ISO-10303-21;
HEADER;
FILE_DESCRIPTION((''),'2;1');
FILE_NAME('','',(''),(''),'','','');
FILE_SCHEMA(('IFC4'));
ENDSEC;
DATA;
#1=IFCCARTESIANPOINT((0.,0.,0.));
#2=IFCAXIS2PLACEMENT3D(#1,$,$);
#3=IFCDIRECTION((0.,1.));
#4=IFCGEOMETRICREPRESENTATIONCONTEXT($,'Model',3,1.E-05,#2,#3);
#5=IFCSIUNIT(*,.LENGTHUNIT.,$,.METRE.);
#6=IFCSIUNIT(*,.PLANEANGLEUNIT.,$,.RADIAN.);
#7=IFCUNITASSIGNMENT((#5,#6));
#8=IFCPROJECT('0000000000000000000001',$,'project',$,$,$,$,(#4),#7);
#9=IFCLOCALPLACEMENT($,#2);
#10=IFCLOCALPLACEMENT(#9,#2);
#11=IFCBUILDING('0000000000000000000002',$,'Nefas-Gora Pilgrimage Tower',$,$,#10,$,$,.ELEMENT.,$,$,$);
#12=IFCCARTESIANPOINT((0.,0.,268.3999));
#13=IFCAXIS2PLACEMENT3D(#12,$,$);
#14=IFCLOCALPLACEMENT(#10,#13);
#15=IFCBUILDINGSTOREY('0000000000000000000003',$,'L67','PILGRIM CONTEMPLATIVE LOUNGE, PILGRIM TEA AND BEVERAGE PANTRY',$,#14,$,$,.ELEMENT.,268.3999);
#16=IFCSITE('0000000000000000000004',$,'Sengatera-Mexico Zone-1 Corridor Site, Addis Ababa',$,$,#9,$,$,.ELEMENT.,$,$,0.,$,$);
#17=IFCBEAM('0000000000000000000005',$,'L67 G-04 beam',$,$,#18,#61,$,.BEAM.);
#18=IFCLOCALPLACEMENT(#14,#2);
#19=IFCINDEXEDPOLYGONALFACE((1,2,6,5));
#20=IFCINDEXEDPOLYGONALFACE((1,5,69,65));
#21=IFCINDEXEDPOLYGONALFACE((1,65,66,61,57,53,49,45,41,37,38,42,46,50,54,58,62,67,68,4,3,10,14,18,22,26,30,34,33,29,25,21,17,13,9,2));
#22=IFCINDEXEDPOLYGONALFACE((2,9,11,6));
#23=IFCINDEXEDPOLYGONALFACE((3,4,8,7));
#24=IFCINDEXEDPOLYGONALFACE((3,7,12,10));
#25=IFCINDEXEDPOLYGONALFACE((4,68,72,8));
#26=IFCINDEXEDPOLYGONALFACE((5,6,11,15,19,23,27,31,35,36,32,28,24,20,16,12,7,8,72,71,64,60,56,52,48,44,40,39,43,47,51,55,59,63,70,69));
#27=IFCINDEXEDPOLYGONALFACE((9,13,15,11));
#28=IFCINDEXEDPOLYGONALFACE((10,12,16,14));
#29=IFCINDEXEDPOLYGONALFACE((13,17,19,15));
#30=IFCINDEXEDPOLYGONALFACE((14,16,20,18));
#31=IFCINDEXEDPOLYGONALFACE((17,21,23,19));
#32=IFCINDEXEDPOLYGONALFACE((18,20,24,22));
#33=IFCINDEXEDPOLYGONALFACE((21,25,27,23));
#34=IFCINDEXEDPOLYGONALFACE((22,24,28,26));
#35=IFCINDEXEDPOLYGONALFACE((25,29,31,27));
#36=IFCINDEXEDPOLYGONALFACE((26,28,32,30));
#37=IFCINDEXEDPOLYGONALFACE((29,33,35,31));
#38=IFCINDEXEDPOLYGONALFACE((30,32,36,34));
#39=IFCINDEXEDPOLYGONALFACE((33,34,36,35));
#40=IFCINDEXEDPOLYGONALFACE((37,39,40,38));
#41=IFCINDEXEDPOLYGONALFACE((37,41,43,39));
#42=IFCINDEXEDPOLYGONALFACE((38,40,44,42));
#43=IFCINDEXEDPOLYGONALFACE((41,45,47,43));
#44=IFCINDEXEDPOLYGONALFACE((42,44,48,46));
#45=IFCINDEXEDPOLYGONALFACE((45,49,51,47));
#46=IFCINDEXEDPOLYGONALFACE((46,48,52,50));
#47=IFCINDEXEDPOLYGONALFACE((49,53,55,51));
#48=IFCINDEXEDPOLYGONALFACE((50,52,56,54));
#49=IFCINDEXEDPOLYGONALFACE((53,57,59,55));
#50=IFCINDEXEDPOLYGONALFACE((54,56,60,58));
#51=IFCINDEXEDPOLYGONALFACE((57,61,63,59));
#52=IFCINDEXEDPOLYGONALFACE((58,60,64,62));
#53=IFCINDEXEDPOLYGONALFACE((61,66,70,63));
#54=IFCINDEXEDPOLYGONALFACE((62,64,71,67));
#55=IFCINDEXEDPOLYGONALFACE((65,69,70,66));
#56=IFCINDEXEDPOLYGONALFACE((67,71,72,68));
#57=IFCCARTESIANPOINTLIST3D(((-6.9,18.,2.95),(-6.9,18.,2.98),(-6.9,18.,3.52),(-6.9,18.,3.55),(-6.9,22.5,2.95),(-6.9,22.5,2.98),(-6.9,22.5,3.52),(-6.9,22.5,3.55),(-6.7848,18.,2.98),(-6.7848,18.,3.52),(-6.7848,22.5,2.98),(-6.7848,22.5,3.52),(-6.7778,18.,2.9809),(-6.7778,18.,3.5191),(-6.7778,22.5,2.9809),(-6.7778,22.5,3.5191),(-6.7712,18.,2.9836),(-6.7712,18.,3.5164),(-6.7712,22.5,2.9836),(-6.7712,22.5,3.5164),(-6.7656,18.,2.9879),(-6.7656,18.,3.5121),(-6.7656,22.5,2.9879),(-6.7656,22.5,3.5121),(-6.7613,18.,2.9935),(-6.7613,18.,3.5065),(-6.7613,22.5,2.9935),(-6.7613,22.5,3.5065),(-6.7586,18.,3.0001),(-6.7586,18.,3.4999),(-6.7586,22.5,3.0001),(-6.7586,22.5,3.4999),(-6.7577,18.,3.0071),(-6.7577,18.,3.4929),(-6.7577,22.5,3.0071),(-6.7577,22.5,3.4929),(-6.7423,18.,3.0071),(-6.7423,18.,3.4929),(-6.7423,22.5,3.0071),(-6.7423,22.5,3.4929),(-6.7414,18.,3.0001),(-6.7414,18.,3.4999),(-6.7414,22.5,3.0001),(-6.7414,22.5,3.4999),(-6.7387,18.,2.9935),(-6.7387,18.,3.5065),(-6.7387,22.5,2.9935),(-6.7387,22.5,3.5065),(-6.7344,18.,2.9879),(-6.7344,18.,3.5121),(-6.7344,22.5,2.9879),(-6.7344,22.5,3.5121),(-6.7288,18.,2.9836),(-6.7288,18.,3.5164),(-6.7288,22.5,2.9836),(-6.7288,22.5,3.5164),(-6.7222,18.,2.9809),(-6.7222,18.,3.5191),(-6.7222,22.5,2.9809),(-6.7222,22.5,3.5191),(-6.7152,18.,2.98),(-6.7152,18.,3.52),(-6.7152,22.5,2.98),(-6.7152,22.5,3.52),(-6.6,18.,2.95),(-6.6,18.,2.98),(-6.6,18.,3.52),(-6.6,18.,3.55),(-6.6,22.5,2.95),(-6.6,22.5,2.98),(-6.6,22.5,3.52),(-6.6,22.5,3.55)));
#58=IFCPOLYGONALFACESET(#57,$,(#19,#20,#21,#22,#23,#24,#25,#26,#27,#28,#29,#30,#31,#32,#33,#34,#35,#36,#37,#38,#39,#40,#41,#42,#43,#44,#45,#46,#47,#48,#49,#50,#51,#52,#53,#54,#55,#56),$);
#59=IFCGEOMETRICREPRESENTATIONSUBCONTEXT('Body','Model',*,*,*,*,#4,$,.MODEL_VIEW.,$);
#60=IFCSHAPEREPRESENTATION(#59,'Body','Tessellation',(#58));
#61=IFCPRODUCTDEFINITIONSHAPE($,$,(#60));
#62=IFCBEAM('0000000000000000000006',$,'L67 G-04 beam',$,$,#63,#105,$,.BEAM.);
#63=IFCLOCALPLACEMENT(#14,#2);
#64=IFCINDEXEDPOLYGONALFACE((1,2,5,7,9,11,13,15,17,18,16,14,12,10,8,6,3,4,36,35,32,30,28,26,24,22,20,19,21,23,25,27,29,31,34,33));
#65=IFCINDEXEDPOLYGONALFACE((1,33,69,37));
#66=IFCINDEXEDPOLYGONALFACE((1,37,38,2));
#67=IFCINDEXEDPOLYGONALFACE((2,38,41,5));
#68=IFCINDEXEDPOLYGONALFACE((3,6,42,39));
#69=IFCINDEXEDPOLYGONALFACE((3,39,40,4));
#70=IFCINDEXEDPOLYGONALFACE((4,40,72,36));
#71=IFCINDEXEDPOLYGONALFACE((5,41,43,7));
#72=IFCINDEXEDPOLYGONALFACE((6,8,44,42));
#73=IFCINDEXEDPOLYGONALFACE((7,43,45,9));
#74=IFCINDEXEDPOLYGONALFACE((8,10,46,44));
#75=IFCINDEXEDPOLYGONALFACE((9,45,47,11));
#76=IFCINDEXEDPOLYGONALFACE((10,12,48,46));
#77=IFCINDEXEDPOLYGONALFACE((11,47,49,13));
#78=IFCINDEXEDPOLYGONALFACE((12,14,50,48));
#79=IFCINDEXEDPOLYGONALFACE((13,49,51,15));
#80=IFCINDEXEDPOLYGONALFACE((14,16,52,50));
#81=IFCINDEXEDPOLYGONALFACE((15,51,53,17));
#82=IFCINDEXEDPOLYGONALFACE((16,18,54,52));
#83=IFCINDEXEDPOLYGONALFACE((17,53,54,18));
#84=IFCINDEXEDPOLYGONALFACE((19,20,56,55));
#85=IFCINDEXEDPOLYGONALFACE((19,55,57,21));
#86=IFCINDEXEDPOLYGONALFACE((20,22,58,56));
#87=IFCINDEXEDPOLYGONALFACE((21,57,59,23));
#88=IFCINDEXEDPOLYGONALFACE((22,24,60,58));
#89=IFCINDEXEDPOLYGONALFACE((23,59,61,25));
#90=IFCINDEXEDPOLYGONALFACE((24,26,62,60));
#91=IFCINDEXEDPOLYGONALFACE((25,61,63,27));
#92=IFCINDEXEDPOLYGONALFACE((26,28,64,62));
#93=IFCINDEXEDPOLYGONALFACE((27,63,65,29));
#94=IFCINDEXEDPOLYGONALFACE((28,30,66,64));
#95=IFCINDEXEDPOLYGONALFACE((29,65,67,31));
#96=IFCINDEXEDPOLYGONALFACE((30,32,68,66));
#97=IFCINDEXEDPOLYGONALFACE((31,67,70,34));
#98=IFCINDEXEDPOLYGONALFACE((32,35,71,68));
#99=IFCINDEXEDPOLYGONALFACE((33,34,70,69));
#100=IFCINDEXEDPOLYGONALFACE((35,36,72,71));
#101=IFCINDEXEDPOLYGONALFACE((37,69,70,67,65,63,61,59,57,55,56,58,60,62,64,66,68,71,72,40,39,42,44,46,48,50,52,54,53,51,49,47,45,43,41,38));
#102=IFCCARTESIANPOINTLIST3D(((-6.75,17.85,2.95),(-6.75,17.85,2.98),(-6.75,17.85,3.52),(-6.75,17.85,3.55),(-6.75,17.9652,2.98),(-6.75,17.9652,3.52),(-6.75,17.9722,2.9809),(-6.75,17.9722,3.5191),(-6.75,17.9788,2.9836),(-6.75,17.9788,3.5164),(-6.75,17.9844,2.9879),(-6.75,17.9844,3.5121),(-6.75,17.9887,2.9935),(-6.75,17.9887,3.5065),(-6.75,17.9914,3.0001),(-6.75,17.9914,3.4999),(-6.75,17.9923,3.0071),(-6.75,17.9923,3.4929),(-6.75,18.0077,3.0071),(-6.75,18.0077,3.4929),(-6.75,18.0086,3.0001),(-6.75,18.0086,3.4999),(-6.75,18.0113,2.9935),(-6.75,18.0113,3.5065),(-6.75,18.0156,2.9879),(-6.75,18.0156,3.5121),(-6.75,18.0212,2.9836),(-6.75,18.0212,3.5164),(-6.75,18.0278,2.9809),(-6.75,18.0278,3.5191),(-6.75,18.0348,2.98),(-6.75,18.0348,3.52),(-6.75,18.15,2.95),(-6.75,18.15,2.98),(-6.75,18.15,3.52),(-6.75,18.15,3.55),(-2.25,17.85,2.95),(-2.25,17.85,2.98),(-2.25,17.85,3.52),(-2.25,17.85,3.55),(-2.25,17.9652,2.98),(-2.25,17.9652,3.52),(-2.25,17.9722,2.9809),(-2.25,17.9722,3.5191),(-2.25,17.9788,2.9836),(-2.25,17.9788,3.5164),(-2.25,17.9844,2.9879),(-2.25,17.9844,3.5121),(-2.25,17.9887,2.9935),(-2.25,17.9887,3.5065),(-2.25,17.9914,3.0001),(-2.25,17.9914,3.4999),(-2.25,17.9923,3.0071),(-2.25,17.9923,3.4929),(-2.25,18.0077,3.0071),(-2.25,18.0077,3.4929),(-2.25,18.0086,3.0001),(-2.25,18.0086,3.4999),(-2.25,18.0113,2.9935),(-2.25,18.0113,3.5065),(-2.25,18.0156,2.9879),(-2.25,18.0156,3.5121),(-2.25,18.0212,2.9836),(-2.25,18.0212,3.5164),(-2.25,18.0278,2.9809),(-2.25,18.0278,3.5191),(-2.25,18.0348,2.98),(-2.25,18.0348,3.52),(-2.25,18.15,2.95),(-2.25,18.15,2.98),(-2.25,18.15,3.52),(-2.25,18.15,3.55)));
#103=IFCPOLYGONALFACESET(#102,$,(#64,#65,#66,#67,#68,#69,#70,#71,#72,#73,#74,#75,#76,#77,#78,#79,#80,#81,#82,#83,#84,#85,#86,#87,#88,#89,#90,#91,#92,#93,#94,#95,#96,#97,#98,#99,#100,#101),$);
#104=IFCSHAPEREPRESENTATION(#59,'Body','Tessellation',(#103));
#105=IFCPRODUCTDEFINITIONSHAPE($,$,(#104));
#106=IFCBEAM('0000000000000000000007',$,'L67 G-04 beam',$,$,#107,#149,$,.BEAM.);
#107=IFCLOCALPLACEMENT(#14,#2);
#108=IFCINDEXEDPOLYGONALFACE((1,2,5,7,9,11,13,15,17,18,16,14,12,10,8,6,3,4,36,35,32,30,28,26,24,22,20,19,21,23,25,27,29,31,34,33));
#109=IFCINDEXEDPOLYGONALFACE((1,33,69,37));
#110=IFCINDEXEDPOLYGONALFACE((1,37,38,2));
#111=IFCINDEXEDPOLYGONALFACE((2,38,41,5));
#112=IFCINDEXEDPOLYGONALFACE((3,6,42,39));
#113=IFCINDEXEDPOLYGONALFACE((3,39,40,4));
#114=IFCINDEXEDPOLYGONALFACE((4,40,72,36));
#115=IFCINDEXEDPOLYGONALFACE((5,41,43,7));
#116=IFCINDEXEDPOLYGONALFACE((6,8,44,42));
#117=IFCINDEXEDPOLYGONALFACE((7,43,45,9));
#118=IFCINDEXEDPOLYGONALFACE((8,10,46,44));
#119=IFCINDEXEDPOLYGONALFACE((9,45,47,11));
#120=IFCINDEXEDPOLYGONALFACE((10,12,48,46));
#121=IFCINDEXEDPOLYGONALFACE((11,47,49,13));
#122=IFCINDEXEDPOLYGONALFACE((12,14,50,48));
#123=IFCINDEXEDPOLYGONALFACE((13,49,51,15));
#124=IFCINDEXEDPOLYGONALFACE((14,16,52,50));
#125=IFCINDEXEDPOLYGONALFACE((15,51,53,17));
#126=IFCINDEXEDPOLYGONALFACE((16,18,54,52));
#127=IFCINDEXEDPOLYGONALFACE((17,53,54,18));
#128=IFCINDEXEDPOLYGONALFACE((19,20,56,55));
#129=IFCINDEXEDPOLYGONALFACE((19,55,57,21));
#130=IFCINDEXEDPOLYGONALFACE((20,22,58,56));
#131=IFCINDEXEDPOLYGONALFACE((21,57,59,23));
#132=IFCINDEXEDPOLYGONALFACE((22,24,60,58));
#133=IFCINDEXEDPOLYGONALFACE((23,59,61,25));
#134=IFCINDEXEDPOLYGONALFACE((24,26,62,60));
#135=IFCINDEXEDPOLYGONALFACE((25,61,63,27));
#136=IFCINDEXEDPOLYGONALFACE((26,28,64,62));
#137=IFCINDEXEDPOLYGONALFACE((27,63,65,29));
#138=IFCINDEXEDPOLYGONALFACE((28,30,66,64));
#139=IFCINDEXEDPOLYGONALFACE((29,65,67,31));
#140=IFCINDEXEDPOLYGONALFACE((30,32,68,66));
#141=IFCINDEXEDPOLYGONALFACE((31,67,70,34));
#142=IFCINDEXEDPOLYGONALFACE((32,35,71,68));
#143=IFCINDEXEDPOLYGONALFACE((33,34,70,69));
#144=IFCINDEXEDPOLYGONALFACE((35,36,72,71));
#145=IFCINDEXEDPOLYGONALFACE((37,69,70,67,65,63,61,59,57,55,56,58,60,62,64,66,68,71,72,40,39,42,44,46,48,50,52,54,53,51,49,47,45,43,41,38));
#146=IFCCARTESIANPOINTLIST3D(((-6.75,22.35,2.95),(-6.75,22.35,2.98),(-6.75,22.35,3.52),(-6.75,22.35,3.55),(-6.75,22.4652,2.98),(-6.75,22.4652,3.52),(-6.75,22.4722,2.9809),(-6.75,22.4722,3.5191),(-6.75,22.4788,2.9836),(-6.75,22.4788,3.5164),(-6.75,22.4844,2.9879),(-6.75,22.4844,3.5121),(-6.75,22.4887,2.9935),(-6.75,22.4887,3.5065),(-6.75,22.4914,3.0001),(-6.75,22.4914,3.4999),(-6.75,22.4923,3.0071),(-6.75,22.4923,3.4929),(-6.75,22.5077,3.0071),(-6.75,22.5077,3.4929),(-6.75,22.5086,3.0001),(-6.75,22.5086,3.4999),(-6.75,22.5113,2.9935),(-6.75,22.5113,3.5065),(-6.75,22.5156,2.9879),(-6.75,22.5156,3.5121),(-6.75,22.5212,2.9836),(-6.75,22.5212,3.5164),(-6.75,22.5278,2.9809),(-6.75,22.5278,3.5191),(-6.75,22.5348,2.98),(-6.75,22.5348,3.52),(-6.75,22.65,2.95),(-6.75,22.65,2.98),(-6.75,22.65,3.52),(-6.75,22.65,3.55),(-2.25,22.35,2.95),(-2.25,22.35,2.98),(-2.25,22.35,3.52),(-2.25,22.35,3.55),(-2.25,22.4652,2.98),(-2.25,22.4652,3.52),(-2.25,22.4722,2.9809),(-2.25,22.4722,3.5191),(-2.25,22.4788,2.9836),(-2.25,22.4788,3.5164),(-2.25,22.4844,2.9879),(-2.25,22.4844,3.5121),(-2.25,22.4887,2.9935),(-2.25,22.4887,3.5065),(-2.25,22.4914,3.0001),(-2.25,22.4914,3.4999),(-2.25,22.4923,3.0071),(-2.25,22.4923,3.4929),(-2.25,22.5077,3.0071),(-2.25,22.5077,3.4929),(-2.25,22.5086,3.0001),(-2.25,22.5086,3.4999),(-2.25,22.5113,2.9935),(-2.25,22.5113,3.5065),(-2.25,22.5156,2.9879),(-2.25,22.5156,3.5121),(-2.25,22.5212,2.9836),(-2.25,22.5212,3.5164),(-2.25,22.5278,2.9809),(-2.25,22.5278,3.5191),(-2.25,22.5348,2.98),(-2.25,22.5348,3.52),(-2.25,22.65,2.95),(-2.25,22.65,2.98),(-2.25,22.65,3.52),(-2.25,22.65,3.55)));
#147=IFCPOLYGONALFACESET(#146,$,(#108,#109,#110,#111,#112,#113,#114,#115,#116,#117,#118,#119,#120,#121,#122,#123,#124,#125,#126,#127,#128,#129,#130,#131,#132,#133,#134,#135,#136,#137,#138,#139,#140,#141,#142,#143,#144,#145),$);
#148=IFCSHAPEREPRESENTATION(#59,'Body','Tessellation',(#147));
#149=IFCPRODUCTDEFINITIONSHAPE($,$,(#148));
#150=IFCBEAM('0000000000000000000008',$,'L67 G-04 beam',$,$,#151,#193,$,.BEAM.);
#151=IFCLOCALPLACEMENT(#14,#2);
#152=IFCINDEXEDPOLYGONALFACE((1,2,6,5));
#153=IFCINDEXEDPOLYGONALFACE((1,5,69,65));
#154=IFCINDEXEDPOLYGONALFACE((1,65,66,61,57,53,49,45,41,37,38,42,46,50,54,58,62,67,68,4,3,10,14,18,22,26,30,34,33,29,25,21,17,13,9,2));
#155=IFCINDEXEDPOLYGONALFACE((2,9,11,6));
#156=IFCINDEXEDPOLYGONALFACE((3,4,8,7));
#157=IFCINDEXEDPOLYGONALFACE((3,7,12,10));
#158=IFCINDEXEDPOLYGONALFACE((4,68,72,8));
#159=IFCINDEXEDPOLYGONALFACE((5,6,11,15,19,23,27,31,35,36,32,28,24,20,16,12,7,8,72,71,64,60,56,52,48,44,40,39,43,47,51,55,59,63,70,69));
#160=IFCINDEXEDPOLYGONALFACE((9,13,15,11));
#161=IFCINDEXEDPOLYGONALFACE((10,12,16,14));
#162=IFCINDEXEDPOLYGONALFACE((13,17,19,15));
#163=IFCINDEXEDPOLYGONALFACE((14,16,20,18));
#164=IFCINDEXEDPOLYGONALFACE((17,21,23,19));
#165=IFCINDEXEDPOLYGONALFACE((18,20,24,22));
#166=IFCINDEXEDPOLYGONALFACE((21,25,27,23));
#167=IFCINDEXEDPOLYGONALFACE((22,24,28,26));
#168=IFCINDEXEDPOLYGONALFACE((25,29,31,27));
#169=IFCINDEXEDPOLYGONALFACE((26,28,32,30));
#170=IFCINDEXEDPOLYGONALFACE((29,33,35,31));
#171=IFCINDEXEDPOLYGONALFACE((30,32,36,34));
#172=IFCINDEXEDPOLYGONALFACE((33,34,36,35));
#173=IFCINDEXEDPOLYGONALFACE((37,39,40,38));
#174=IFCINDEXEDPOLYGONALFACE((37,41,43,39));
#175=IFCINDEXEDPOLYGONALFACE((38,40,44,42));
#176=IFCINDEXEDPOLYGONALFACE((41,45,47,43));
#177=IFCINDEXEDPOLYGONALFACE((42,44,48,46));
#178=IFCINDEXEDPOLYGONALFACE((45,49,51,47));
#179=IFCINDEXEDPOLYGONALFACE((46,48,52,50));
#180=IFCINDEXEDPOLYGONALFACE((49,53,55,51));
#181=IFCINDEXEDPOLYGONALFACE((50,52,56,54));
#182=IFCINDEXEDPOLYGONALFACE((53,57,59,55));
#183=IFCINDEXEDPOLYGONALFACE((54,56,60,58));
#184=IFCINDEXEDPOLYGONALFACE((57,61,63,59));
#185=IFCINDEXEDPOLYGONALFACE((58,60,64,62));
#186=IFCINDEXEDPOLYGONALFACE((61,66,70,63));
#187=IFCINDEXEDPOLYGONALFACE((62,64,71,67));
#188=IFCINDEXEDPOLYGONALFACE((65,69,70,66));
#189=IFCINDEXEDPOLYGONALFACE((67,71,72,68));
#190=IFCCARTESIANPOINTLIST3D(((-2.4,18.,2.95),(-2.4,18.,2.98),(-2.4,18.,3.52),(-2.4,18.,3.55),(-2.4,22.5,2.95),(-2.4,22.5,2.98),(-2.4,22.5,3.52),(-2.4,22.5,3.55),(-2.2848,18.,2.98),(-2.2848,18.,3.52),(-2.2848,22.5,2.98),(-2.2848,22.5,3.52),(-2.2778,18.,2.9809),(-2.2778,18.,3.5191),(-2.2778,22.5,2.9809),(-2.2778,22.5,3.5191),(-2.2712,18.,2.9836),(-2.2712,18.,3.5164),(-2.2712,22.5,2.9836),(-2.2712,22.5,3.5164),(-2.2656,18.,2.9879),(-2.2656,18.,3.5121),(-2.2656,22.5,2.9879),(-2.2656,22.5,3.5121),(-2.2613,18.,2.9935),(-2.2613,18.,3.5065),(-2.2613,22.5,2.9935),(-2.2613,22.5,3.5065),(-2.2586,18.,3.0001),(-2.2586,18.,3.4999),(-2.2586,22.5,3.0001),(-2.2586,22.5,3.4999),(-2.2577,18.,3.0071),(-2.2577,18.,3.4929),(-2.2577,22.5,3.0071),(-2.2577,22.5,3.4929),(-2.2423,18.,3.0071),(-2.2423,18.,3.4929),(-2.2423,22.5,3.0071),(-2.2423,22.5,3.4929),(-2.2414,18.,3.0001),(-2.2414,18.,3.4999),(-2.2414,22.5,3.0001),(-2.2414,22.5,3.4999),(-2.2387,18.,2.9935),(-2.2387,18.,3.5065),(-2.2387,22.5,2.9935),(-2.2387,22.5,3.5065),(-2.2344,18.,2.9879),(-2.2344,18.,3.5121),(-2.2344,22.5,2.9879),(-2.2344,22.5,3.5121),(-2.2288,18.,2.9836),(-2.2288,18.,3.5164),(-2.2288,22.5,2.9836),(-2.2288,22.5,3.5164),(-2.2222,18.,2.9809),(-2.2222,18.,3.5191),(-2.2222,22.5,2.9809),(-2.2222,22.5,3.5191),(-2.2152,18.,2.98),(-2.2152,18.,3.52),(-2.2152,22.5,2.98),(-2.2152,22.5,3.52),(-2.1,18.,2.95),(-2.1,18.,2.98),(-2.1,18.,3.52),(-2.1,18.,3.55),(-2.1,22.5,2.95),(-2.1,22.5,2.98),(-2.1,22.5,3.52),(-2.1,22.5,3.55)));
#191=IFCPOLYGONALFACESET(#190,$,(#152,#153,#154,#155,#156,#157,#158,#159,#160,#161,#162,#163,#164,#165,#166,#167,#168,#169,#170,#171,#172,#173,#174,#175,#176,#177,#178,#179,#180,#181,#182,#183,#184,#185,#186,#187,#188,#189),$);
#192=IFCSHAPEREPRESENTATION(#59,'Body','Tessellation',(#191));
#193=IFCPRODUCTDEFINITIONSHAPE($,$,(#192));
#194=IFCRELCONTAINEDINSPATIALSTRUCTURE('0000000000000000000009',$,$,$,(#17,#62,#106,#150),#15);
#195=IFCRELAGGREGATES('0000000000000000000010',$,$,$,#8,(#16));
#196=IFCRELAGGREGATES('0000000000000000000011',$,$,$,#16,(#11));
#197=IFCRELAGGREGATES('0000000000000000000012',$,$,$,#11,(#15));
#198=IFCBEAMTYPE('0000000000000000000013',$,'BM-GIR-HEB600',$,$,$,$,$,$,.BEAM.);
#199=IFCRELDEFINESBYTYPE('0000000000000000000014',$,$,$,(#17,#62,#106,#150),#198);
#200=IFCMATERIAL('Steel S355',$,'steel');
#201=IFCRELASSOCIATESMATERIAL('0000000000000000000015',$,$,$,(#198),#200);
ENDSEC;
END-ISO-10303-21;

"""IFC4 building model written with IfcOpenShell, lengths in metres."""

from ifc_helpers import new_model, si_unit, direction, frame, origin, origin_2d, place, context, subcontext, project, spatial, i_section, extrude, source, transform, mapped, material, material_profile, profile_set, type_object, element, save


model = new_model("IFC4")

# Units and contexts
model_context = context("Model", 3, precision=1e-05, world=origin(), true_north=direction((0.0, 1.0)))
body_context = subcontext(model_context, "Body", "Model", "MODEL_VIEW")
ifc_project = project(units=[si_unit("LENGTHUNIT", "METRE"), si_unit("PLANEANGLEUNIT", "RADIAN")], contexts=[model_context])

# Site, building, storey
site_placement = place(None, origin())
site = spatial("IfcSite", under=ifc_project, at=site_placement, Name="Sengatera-Mexico Zone-1 Corridor Site, Addis Ababa", CompositionType="ELEMENT", RefElevation=0.0)
building_placement = place(site_placement, origin())
building = spatial("IfcBuilding", under=site, at=building_placement, Name="Nefas-Gora Pilgrimage Tower", CompositionType="ELEMENT")
storey_placement = place(building_placement, frame((0.0, 0.0, 268.3999)))
storey = spatial("IfcBuildingStorey", under=building, at=storey_placement, Name="L67", Description="PILGRIM CONTEMPLATIVE LOUNGE, PILGRIM TEA AND BEVERAGE PANTRY", CompositionType="ELEMENT", Elevation=268.3999)

# Shared definitions
ifc_material_1 = material(Name="Steel S355", Category="steel")

# Beams
ifc_material_profile_1 = material_profile(ifc_material_1, i_section(OverallWidth=0.3, OverallDepth=0.6001, WebThickness=0.0154, FlangeThickness=0.03, FilletRadius=0.0271, at=origin_2d()), Name="HEB 600")
ifc_profile_set_1 = profile_set([ifc_material_profile_1], Name="Steel S355")
beam_type = type_object("IfcBeamType", Name="BM-GIR-HEB600", PredefinedType="BEAM", material=ifc_profile_set_1)
shared_shape_1 = source(origin(), body_context, "Body", "SweptSolid", [
    extrude(i_section(OverallWidth=0.3, OverallDepth=0.6001, WebThickness=0.0154, FlangeThickness=0.03, FilletRadius=0.0271, at=origin_2d()), origin(), (0.0, 0.0, 1.0), 4.5),
])
for number, where, z_axis, x_axis, name in (
    (1, (-6.75, 18.0, 3.25), (0.0, 1.0, 0.0), (-1.0, 0.0, 0.0), "L67 G-04 beam"),
    (2, (-6.75, 18.0, 3.25), (1.0, 0.0, 0.0), (0.0, 1.0, 0.0), "L67 G-04 beam"),
    (3, (-6.75, 22.5, 3.25), (1.0, 0.0, 0.0), (0.0, 1.0, 0.0), "L67 G-04 beam"),
    (4, (-2.25, 18.0, 3.25), (0.0, 1.0, 0.0), (-1.0, 0.0, 0.0), "L67 G-04 beam"),
):
    element("IfcBeam", number, at=place(storey_placement, frame(where, z_axis=z_axis, x_axis=x_axis)), inside=storey, type_object=beam_type, Name=name, PredefinedType="BEAM", context=body_context, shape_type="MappedRepresentation", body=[
        mapped(shared_shape_1, transform((0.0, 0.0, 0.0), x_axis=(1.0, 0.0, 0.0), y_axis=(0.0, 1.0, 0.0), z_axis=(0.0, 0.0, 1.0), scale=1.0)),
    ])

save(model, "model.ifc")
